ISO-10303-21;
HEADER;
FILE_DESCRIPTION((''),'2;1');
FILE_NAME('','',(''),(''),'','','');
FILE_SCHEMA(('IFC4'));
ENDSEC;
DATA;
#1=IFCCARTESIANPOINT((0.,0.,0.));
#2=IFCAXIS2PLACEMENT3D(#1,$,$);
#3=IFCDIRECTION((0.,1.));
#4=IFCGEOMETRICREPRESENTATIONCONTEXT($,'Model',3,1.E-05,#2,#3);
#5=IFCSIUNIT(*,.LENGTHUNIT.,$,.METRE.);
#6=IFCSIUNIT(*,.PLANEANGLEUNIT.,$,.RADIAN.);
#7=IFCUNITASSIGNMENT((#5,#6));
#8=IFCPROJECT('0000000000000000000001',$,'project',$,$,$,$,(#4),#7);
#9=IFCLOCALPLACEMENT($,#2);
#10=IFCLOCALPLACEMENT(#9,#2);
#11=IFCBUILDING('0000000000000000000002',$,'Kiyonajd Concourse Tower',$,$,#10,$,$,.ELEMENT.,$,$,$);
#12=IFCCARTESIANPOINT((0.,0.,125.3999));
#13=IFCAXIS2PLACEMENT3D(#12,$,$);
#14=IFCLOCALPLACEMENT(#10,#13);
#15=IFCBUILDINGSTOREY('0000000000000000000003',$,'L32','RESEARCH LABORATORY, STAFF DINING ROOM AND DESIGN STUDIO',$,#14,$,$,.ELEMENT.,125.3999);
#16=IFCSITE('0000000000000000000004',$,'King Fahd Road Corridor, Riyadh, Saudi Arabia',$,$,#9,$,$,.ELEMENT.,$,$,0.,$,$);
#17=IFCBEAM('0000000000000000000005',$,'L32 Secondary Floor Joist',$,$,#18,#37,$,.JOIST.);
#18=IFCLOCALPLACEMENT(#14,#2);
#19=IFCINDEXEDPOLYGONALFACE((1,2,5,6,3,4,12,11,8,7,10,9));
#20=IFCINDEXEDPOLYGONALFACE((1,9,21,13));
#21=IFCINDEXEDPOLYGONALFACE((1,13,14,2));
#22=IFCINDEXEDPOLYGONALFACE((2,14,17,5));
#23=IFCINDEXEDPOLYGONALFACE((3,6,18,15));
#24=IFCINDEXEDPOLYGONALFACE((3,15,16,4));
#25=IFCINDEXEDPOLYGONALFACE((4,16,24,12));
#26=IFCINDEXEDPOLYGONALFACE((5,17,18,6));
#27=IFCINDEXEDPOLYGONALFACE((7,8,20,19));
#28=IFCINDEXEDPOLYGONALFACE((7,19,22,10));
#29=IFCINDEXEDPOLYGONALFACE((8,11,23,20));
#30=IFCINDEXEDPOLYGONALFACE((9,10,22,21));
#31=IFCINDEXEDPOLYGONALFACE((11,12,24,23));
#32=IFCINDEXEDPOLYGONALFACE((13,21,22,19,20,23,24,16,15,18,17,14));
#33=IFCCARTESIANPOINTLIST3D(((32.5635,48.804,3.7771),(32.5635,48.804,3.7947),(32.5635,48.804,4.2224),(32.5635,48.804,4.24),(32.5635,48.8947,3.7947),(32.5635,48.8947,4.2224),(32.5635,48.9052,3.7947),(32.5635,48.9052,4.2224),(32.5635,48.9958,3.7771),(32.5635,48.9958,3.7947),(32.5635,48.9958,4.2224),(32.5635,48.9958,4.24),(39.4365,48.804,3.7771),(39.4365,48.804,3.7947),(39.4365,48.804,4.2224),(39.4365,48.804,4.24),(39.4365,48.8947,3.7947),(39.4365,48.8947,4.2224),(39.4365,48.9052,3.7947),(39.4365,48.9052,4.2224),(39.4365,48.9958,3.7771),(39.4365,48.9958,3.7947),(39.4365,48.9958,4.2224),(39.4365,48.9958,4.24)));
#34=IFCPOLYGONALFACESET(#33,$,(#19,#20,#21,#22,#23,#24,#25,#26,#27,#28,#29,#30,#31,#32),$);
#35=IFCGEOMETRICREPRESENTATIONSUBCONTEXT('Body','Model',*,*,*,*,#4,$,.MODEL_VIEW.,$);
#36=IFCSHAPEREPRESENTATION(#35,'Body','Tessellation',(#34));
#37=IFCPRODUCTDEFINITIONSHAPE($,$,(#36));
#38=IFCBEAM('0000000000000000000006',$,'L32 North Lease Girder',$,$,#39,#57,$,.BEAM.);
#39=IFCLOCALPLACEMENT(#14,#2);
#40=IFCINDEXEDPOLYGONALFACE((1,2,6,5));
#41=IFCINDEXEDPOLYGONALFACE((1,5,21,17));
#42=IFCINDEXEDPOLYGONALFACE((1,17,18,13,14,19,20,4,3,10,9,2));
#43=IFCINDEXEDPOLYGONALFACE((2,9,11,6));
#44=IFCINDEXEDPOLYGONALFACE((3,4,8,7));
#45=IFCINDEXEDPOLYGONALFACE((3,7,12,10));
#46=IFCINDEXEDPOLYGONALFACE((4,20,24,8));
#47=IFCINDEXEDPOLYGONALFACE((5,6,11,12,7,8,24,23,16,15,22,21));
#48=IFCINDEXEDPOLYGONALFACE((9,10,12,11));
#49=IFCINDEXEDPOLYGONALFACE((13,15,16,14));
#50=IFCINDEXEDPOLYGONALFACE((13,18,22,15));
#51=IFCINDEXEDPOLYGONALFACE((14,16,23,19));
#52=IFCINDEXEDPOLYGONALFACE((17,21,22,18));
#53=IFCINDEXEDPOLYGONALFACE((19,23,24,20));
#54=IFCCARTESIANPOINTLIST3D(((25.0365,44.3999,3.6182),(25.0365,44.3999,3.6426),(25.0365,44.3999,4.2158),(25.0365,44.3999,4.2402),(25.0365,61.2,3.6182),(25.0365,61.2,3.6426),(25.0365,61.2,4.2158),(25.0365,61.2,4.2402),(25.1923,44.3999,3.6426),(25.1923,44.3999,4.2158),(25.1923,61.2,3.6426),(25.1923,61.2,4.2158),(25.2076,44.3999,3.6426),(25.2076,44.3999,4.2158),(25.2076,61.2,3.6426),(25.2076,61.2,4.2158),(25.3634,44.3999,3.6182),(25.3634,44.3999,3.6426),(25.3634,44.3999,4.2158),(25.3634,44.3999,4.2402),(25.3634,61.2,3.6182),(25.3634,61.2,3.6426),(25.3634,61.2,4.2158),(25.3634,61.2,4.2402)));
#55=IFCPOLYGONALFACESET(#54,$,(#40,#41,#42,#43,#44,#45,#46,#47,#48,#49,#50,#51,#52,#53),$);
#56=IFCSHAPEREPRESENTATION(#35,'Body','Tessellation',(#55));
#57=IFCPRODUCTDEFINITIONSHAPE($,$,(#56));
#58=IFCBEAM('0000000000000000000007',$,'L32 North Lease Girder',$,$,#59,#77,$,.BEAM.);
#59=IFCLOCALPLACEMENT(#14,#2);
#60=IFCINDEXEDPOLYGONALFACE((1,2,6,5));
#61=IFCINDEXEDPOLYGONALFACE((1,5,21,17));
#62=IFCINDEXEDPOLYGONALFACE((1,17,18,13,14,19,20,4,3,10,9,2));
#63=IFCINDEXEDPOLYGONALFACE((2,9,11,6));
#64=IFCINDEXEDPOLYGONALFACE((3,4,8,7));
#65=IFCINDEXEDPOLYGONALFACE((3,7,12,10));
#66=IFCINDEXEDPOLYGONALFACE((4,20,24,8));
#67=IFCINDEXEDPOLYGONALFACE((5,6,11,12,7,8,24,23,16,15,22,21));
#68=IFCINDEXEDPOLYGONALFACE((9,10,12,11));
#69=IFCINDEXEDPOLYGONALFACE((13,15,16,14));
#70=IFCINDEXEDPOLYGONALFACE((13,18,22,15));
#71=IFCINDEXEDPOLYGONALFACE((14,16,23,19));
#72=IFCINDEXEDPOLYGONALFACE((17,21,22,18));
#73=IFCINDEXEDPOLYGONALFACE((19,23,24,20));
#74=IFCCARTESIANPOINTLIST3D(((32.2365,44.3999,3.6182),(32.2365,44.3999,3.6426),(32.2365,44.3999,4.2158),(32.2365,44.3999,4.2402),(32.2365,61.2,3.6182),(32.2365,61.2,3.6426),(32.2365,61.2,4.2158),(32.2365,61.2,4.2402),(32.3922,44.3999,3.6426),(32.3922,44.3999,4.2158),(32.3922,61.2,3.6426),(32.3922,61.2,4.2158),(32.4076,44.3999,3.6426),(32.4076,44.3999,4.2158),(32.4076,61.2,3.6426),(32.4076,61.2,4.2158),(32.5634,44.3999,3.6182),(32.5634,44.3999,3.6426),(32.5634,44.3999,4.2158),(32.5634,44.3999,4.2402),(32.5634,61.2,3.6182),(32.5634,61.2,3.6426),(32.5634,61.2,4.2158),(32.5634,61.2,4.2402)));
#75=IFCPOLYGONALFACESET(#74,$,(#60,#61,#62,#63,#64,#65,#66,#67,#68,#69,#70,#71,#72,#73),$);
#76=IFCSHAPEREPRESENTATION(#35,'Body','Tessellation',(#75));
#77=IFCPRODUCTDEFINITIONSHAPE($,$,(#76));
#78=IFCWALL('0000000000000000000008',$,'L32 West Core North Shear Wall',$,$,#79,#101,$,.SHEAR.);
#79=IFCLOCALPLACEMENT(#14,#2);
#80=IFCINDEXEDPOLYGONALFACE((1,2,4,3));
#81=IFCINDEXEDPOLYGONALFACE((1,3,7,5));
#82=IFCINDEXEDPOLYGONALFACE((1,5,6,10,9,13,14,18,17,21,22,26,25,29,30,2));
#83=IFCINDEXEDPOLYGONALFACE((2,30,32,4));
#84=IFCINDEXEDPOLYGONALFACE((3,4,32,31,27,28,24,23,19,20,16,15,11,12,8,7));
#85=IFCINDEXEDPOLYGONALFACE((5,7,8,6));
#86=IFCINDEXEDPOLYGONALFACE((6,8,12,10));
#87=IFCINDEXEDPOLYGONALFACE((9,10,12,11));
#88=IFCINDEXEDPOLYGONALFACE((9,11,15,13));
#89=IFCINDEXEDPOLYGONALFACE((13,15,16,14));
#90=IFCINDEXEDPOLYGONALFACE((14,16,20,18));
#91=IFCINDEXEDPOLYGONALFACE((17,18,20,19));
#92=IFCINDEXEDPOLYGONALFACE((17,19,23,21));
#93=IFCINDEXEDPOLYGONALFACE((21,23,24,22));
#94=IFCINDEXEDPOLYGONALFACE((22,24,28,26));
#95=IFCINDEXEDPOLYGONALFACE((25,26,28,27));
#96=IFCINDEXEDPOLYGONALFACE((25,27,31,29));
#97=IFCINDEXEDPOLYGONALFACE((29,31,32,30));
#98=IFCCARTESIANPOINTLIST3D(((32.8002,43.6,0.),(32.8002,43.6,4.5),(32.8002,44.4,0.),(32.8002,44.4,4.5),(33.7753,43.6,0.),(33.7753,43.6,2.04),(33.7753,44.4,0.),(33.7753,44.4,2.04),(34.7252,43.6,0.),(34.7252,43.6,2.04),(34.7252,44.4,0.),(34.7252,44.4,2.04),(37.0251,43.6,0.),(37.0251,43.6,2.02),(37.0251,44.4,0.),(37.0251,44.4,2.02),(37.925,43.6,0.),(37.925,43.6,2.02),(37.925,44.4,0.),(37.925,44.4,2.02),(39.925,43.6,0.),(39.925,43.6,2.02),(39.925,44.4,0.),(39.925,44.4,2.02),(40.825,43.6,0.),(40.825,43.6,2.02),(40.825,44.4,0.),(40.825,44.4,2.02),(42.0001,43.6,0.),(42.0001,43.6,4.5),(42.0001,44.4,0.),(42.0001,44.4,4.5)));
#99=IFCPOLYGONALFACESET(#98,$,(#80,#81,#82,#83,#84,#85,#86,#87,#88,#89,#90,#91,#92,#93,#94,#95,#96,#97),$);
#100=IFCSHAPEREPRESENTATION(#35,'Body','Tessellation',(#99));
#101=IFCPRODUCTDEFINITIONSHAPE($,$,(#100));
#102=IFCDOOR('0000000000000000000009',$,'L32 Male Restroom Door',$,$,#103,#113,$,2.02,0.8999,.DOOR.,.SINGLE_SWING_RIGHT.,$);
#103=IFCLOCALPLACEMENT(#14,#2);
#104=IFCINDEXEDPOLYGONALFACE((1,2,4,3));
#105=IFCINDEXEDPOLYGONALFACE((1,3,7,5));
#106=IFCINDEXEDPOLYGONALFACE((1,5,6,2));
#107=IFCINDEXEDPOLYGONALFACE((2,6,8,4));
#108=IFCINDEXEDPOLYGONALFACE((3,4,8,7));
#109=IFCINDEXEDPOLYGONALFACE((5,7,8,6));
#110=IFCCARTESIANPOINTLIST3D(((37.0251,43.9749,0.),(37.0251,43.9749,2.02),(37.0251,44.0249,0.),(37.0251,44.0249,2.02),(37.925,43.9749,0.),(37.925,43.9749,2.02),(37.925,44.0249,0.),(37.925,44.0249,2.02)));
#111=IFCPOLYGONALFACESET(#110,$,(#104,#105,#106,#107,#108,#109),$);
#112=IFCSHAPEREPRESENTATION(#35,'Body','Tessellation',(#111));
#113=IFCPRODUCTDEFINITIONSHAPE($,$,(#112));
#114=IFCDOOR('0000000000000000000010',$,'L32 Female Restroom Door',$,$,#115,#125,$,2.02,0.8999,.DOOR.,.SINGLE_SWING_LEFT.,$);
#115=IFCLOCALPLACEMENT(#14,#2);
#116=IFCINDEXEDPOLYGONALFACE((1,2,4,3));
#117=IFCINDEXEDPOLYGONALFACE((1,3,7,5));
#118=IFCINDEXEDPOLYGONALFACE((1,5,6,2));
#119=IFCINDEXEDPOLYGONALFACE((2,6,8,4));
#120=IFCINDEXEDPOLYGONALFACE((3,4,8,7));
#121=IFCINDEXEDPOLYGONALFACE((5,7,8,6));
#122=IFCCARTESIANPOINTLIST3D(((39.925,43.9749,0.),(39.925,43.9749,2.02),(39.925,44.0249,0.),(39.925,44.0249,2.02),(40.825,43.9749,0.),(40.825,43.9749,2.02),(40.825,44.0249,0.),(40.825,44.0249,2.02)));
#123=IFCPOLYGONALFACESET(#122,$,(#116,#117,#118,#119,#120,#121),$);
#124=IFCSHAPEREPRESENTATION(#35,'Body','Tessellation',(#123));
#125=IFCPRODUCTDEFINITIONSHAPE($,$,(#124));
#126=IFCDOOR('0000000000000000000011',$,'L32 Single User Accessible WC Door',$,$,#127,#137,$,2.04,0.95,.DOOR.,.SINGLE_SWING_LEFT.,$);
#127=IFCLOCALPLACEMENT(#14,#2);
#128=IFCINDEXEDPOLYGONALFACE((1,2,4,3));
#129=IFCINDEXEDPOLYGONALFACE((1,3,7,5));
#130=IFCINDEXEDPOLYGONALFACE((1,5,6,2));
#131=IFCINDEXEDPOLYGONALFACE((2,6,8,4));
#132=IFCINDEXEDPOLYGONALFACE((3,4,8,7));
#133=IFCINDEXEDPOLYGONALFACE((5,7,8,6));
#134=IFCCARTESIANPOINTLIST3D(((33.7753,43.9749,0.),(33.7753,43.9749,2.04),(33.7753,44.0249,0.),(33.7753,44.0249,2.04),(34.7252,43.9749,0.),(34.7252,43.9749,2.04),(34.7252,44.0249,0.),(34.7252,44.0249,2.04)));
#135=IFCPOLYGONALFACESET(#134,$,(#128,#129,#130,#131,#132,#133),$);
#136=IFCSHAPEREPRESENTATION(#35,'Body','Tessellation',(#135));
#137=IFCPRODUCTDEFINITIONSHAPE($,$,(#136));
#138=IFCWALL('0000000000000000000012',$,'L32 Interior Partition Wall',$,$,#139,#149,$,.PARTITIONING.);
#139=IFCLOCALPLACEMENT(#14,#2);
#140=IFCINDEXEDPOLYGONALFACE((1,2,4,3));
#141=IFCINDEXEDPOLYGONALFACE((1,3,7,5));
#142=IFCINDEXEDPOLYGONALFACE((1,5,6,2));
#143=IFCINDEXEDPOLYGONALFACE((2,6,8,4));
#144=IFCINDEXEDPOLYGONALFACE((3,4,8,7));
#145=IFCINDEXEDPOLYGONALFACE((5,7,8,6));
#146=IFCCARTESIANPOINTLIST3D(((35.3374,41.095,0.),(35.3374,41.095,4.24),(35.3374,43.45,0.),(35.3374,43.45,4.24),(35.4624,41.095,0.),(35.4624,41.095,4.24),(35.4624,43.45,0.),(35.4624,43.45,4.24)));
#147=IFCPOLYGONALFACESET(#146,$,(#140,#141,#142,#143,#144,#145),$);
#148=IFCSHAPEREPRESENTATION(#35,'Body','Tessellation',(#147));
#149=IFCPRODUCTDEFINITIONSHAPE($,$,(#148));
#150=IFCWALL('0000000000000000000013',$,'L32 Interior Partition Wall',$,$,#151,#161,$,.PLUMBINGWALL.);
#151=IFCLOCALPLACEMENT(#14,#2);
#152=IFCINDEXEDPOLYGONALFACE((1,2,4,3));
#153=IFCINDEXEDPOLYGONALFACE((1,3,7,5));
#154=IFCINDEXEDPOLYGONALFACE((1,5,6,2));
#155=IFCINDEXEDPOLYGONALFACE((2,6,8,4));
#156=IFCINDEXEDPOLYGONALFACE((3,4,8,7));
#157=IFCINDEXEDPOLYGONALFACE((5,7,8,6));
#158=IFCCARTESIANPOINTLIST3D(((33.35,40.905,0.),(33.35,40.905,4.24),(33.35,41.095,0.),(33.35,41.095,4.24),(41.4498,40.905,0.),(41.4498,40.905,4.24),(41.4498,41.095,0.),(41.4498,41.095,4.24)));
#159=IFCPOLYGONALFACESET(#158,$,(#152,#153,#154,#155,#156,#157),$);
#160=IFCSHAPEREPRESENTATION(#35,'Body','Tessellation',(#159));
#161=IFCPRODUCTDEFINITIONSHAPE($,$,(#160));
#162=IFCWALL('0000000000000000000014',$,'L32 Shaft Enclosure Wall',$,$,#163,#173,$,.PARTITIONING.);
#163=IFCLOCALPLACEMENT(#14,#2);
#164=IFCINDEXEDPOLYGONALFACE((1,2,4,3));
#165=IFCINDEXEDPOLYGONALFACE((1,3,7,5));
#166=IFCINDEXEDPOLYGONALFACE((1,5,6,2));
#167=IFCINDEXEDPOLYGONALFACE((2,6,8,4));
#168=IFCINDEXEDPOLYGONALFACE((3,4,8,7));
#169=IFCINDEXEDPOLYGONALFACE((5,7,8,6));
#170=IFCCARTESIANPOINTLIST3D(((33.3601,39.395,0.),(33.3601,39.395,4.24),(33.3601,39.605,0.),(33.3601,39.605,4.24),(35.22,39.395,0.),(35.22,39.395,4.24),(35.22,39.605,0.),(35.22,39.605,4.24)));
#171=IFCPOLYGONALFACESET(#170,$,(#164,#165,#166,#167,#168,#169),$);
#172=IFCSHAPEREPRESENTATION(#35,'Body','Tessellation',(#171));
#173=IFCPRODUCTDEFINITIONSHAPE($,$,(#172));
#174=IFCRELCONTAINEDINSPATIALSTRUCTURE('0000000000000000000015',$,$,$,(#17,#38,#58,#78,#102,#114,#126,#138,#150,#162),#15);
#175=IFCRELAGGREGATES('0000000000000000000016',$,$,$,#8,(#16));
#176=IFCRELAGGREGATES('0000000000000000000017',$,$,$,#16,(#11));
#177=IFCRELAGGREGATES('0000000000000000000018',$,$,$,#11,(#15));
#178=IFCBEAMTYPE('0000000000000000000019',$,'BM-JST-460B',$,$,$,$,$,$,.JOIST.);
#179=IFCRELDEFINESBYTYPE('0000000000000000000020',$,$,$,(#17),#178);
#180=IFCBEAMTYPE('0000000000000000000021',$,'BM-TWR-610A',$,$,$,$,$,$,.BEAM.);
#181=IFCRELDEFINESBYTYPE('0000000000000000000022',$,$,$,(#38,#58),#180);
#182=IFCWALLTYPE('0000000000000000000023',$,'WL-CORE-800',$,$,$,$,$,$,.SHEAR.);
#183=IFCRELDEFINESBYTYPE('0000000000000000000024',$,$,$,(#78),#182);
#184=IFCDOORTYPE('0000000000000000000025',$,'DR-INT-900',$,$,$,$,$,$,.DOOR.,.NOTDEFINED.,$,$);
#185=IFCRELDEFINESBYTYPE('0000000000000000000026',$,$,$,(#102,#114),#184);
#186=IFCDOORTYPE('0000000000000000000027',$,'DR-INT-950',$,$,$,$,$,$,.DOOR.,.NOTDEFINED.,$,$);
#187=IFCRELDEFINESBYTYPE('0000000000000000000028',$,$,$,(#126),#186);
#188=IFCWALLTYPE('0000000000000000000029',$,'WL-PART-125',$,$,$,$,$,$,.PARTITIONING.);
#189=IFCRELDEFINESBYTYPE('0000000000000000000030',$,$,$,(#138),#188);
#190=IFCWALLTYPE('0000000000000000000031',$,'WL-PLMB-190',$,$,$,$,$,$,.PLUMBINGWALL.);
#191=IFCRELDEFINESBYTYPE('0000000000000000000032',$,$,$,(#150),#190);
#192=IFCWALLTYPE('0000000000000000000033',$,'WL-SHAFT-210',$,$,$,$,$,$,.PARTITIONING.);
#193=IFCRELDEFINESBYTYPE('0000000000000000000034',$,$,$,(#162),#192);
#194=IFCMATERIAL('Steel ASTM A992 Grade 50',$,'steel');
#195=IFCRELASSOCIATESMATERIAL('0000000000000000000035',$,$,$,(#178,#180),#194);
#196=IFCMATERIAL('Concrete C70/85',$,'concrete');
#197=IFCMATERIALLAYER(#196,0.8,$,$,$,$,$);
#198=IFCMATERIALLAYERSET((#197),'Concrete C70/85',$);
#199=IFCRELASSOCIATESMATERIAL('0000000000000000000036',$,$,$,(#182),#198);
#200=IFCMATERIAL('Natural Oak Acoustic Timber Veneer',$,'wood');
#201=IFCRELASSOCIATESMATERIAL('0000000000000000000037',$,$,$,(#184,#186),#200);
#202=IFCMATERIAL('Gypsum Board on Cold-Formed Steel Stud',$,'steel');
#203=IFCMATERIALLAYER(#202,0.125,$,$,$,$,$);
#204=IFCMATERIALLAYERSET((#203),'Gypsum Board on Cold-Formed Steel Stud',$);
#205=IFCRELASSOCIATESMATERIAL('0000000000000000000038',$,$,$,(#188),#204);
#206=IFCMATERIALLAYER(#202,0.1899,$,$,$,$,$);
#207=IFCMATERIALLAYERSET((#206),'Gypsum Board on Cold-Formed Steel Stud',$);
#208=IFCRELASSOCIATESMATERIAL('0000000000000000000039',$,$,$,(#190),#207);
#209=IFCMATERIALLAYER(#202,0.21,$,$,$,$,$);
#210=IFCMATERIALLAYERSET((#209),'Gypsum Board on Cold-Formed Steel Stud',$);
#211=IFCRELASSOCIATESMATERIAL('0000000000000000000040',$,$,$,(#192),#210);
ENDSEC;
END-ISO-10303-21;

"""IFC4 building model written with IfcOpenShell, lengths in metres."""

from ifc_helpers import new_model, si_unit, direction, frame, frame_2d, origin, origin_2d, place, context, subcontext, project, spatial, rectangle, i_section, extrude, material, layer, layer_set, material_profile, profile_set, type_object, element, fill, save


model = new_model("IFC4")

# Units and contexts
model_context = context("Model", 3, precision=1e-05, world=origin(), true_north=direction((0.0, 1.0)))
body_context = subcontext(model_context, "Body", "Model", "MODEL_VIEW")
ifc_project = project(units=[si_unit("LENGTHUNIT", "METRE"), si_unit("PLANEANGLEUNIT", "RADIAN")], contexts=[model_context])

# Site, building, storey
site_placement = place(None, origin())
site = spatial("IfcSite", under=ifc_project, at=site_placement, Name="King Fahd Road Corridor, Riyadh, Saudi Arabia", CompositionType="ELEMENT", RefElevation=0.0)
building_placement = place(site_placement, origin())
building = spatial("IfcBuilding", under=site, at=building_placement, Name="Kiyonajd Concourse Tower", CompositionType="ELEMENT")
storey_placement = place(building_placement, frame((0.0, 0.0, 125.3999)))
storey = spatial("IfcBuildingStorey", under=building, at=storey_placement, Name="L32", Description="RESEARCH LABORATORY, STAFF DINING ROOM AND DESIGN STUDIO", CompositionType="ELEMENT", Elevation=125.3999)

# Beams
ifc_material_1 = material(Name="Steel ASTM A992 Grade 50", Category="steel")
ifc_material_profile_1 = material_profile(ifc_material_1, i_section(OverallWidth=0.1919, OverallDepth=0.4629, WebThickness=0.0105, FlangeThickness=0.0176, at=origin_2d()), Name="W460X89")
ifc_profile_set_1 = profile_set([ifc_material_profile_1], Name="Steel ASTM A992 Grade 50")
beam_type_1 = type_object("IfcBeamType", Name="BM-JST-460B", PredefinedType="JOIST", material=ifc_profile_set_1)
beam_placement = place(storey_placement, frame((32.5635, 48.8999, 4.0085), z_axis=(1.0, 0.0, 0.0), x_axis=(0.0, 1.0, 0.0)))
element("IfcBeam", 1, at=beam_placement, inside=storey, type_object=beam_type_1, Name="L32 Secondary Floor Joist", PredefinedType="JOIST", context=body_context, shape_type="SweptSolid", body=[
    extrude(i_section(OverallWidth=0.1919, OverallDepth=0.4629, WebThickness=0.0105, FlangeThickness=0.0176, at=origin_2d()), origin(), (0.0, 0.0, 1.0), 6.873),
])
ifc_material_profile_2 = material_profile(ifc_material_1, i_section(OverallWidth=0.3269, OverallDepth=0.6221, WebThickness=0.0154, FlangeThickness=0.0244, at=origin_2d()), Name="W610X195")
ifc_profile_set_2 = profile_set([ifc_material_profile_2], Name="Steel ASTM A992 Grade 50")
beam_type_2 = type_object("IfcBeamType", Name="BM-TWR-610A", PredefinedType="BEAM", material=ifc_profile_set_2)
for number, where, z_axis, x_axis, name in (
    (2, (25.2, 44.3999, 3.9292), (0.0, 1.0, 0.0), (-1.0, 0.0, 0.0), "L32 North Lease Girder"),
    (3, (32.3999, 44.3999, 3.9292), (0.0, 1.0, 0.0), (-1.0, 0.0, 0.0), "L32 North Lease Girder"),
):
    element("IfcBeam", number, at=place(storey_placement, frame(where, z_axis=z_axis, x_axis=x_axis)), inside=storey, type_object=beam_type_2, Name=name, PredefinedType="BEAM", context=body_context, shape_type="SweptSolid", body=[
        extrude(i_section(OverallWidth=0.3269, OverallDepth=0.6221, WebThickness=0.0154, FlangeThickness=0.0244, at=origin_2d()), origin(), (0.0, 0.0, 1.0), 16.8),
    ])

# Wall, openings, doors
ifc_material_2 = material(Name="Concrete C70/85", Category="concrete")
ifc_layer_1 = layer(ifc_material_2, 0.8)
ifc_layer_set_1 = layer_set([ifc_layer_1], Name="Concrete C70/85")
wall_type_1 = type_object("IfcWallType", Name="WL-CORE-800", PredefinedType="SHEAR", material=ifc_layer_set_1)
wall_1_placement = place(storey_placement, frame((32.8, 44.0, 0.0), z_axis=(0.0, 0.0, 1.0), x_axis=(1.0, 0.0, 0.0)))
wall_1 = element("IfcWall", 4, at=wall_1_placement, inside=storey, type_object=wall_type_1, Name="L32 West Core North Shear Wall", PredefinedType="SHEAR", context=body_context, shape_type="SweptSolid", body=[
    extrude(rectangle(XDim=9.2, YDim=0.8, at=frame_2d((4.6001, 0.0))), origin(), (0.0, 0.0, 1.0), 4.5),
])
opening_1_placement = place(wall_1_placement, frame((0.9751, 0.0, 0.0)))
opening_1 = element("IfcOpeningElement", 5, at=opening_1_placement, cuts=wall_1, PredefinedType="OPENING", context=body_context, shape_type="SweptSolid", body=[
    extrude(rectangle(XDim=0.95, YDim=2.04, at=frame_2d((0.4751, 1.02))), frame((0.0, 0.4099, 0.0), z_axis=(0.0, -1.0, 0.0), x_axis=(1.0, 0.0, 0.0)), (0.0, 0.0, 1.0), 0.8201),
])
opening_2_placement = place(wall_1_placement, frame((4.2251, 0.0, 0.0)))
opening_2 = element("IfcOpeningElement", 6, at=opening_2_placement, cuts=wall_1, PredefinedType="OPENING", context=body_context, shape_type="SweptSolid", body=[
    extrude(rectangle(XDim=0.8999, YDim=2.02, at=frame_2d((0.45, 1.01))), frame((0.0, 0.4099, 0.0), z_axis=(0.0, -1.0, 0.0), x_axis=(1.0, 0.0, 0.0)), (0.0, 0.0, 1.0), 0.8201),
])
opening_3_placement = place(wall_1_placement, frame((7.125, 0.0, 0.0)))
opening_3 = element("IfcOpeningElement", 7, at=opening_3_placement, cuts=wall_1, PredefinedType="OPENING", context=body_context, shape_type="SweptSolid", body=[
    extrude(rectangle(XDim=0.8999, YDim=2.02, at=frame_2d((0.45, 1.01))), frame((0.0, 0.4099, 0.0), z_axis=(0.0, -1.0, 0.0), x_axis=(1.0, 0.0, 0.0)), (0.0, 0.0, 1.0), 0.8201),
])
ifc_material_3 = material(Name="Natural Oak Acoustic Timber Veneer", Category="wood")
door_type_1 = type_object("IfcDoorType", Name="DR-INT-900", OperationType="NOTDEFINED", PredefinedType="DOOR", material=ifc_material_3)
door_1_placement = place(opening_2_placement, origin())
door_1 = element("IfcDoor", 8, at=door_1_placement, inside=storey, type_object=door_type_1, Name="L32 Male Restroom Door", OperationType="SINGLE_SWING_RIGHT", OverallHeight=2.02, OverallWidth=0.8999, PredefinedType="DOOR", context=body_context, shape_type="SweptSolid", body=[
    extrude(rectangle(XDim=0.8999, YDim=2.02, at=frame_2d((0.45, 1.01))), frame((0.0, 0.0249, 0.0), z_axis=(0.0, -1.0, 0.0), x_axis=(1.0, 0.0, 0.0)), (0.0, 0.0, 1.0), 0.05),
])
fill(opening_2, door_1)
door_2_placement = place(opening_3_placement, origin())
door_2 = element("IfcDoor", 9, at=door_2_placement, inside=storey, type_object=door_type_1, Name="L32 Female Restroom Door", OperationType="SINGLE_SWING_LEFT", OverallHeight=2.02, OverallWidth=0.8999, PredefinedType="DOOR", context=body_context, shape_type="SweptSolid", body=[
    extrude(rectangle(XDim=0.8999, YDim=2.02, at=frame_2d((0.45, 1.01))), frame((0.0, 0.0249, 0.0), z_axis=(0.0, -1.0, 0.0), x_axis=(1.0, 0.0, 0.0)), (0.0, 0.0, 1.0), 0.05),
])
fill(opening_3, door_2)
door_type_2 = type_object("IfcDoorType", Name="DR-INT-950", OperationType="NOTDEFINED", PredefinedType="DOOR", material=ifc_material_3)
door_3_placement = place(opening_1_placement, origin())
door_3 = element("IfcDoor", 10, at=door_3_placement, inside=storey, type_object=door_type_2, Name="L32 Single User Accessible WC Door", OperationType="SINGLE_SWING_LEFT", OverallHeight=2.04, OverallWidth=0.95, PredefinedType="DOOR", context=body_context, shape_type="SweptSolid", body=[
    extrude(rectangle(XDim=0.95, YDim=2.04, at=frame_2d((0.4751, 1.02))), frame((0.0, 0.0249, 0.0), z_axis=(0.0, -1.0, 0.0), x_axis=(1.0, 0.0, 0.0)), (0.0, 0.0, 1.0), 0.05),
])
fill(opening_1, door_3)

# Walls
ifc_material_4 = material(Name="Gypsum Board on Cold-Formed Steel Stud", Category="steel")
ifc_layer_2 = layer(ifc_material_4, 0.125)
ifc_layer_set_2 = layer_set([ifc_layer_2], Name="Gypsum Board on Cold-Formed Steel Stud")
wall_type_2 = type_object("IfcWallType", Name="WL-PART-125", PredefinedType="PARTITIONING", material=ifc_layer_set_2)
wall_2_placement = place(storey_placement, frame((35.3999, 41.095, 0.0), z_axis=(0.0, 0.0, 1.0), x_axis=(0.0, 1.0, 0.0)))
element("IfcWall", 11, at=wall_2_placement, inside=storey, type_object=wall_type_2, Name="L32 Interior Partition Wall", PredefinedType="PARTITIONING", context=body_context, shape_type="SweptSolid", body=[
    extrude(rectangle(XDim=2.355, YDim=0.125, at=frame_2d((1.1775, 0.0))), origin(), (0.0, 0.0, 1.0), 4.24),
])
ifc_layer_3 = layer(ifc_material_4, 0.1899)
ifc_layer_set_3 = layer_set([ifc_layer_3], Name="Gypsum Board on Cold-Formed Steel Stud")
wall_type_3 = type_object("IfcWallType", Name="WL-PLMB-190", PredefinedType="PLUMBINGWALL", material=ifc_layer_set_3)
wall_3_placement = place(storey_placement, frame((33.3501, 41.0, 0.0), z_axis=(0.0, 0.0, 1.0), x_axis=(1.0, 0.0, 0.0)))
element("IfcWall", 12, at=wall_3_placement, inside=storey, type_object=wall_type_3, Name="L32 Interior Partition Wall", PredefinedType="PLUMBINGWALL", context=body_context, shape_type="SweptSolid", body=[
    extrude(rectangle(XDim=8.0999, YDim=0.1899, at=frame_2d((4.0498, 0.0))), origin(), (0.0, 0.0, 1.0), 4.24),
])
ifc_layer_4 = layer(ifc_material_4, 0.21)
ifc_layer_set_4 = layer_set([ifc_layer_4], Name="Gypsum Board on Cold-Formed Steel Stud")
wall_type_4 = type_object("IfcWallType", Name="WL-SHAFT-210", PredefinedType="PARTITIONING", material=ifc_layer_set_4)
wall_4_placement = place(storey_placement, frame((33.3601, 39.5, 0.0), z_axis=(0.0, 0.0, 1.0), x_axis=(1.0, 0.0, 0.0)))
element("IfcWall", 13, at=wall_4_placement, inside=storey, type_object=wall_type_4, Name="L32 Shaft Enclosure Wall", PredefinedType="PARTITIONING", context=body_context, shape_type="SweptSolid", body=[
    extrude(rectangle(XDim=1.8599, YDim=0.21, at=frame_2d((0.9299, 0.0))), origin(), (0.0, 0.0, 1.0), 4.24),
])

save(model, "model.ifc")
